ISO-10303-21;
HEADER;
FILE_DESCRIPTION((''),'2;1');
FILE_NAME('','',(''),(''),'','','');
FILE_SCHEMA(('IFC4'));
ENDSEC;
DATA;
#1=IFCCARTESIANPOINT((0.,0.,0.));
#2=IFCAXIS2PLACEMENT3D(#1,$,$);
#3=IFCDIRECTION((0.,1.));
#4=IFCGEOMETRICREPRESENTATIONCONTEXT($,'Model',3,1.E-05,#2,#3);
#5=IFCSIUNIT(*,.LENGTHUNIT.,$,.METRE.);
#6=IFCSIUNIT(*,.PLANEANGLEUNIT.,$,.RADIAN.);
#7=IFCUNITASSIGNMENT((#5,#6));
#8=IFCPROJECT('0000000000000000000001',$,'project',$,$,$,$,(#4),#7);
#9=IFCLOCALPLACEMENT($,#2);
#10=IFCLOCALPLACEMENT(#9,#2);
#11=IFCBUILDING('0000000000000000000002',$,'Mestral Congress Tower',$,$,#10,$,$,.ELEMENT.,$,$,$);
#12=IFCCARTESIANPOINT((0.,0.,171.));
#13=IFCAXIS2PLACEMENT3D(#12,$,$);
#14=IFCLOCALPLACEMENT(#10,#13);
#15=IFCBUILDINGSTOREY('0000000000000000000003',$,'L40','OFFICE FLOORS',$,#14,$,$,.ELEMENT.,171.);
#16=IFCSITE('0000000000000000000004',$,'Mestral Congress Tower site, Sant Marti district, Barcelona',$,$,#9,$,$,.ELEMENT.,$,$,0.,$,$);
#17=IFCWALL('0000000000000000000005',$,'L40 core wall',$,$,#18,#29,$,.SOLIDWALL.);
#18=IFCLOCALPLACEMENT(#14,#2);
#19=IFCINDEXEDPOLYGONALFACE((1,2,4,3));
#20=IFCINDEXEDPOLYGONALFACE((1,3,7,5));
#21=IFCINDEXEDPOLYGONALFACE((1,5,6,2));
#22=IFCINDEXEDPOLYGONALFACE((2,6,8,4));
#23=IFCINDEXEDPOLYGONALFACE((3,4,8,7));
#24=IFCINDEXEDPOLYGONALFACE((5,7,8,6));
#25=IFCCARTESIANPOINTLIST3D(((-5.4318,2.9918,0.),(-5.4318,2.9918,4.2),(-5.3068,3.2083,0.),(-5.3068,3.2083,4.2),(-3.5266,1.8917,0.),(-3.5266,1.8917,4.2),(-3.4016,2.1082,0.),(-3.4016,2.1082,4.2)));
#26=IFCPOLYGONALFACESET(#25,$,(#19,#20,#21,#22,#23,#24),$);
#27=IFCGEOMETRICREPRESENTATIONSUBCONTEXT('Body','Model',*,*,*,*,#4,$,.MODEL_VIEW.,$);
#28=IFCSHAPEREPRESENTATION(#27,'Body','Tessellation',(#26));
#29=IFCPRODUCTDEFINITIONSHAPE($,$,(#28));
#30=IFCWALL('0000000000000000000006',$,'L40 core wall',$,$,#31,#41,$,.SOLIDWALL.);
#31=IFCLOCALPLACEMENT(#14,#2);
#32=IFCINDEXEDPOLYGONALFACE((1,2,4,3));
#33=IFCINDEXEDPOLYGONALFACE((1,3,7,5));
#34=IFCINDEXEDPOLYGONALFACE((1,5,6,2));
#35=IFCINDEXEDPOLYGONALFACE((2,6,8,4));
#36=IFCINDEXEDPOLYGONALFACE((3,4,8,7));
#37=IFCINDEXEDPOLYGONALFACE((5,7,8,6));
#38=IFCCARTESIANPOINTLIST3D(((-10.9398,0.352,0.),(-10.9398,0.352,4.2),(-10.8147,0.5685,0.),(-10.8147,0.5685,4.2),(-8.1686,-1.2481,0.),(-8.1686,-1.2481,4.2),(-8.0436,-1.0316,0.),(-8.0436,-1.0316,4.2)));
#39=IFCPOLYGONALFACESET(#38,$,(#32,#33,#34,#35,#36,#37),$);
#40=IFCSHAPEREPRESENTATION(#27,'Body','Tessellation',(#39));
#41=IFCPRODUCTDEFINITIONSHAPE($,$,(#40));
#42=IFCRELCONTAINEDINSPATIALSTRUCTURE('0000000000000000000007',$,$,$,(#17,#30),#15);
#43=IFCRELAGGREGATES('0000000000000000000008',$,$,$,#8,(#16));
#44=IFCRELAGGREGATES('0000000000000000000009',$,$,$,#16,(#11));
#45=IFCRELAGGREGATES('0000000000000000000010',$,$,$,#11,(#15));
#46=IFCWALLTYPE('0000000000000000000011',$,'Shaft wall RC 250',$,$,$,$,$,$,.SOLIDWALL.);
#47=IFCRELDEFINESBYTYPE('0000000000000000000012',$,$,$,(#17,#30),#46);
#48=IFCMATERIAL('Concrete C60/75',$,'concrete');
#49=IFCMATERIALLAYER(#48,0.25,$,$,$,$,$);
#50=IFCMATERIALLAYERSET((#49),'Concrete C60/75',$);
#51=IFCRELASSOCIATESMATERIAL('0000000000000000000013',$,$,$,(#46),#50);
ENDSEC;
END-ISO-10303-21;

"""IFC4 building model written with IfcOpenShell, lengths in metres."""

from ifc_helpers import new_model, si_unit, direction, frame, frame_2d, origin, place, context, subcontext, project, spatial, rectangle, extrude, material, layer, layer_set, type_object, element, save


model = new_model("IFC4")

# Units and contexts
model_context = context("Model", 3, precision=1e-05, world=origin(), true_north=direction((0.0, 1.0)))
body_context = subcontext(model_context, "Body", "Model", "MODEL_VIEW")
ifc_project = project(units=[si_unit("LENGTHUNIT", "METRE"), si_unit("PLANEANGLEUNIT", "RADIAN")], contexts=[model_context])

# Site, building, storey
site_placement = place(None, origin())
site = spatial("IfcSite", under=ifc_project, at=site_placement, Name="Mestral Congress Tower site, Sant Marti district, Barcelona", CompositionType="ELEMENT", RefElevation=0.0)
building_placement = place(site_placement, origin())
building = spatial("IfcBuilding", under=site, at=building_placement, Name="Mestral Congress Tower", CompositionType="ELEMENT")
storey_placement = place(building_placement, frame((0.0, 0.0, 171.0)))
storey = spatial("IfcBuildingStorey", under=building, at=storey_placement, Name="L40", Description="OFFICE FLOORS", CompositionType="ELEMENT", Elevation=171.0)

# Shared definitions
ifc_material_1 = material(Name="Concrete C60/75", Category="concrete")

# Walls
ifc_layer_1 = layer(ifc_material_1, 0.25)
ifc_layer_set_1 = layer_set([ifc_layer_1], Name="Concrete C60/75")
wall_type_1 = type_object("IfcWallType", Name="Shaft wall RC 250", PredefinedType="SOLIDWALL", material=ifc_layer_set_1)
wall_1_placement = place(storey_placement, frame((-5.3694, 3.1001, 0.0), z_axis=(0.0, 0.0, 1.0), x_axis=(0.866008, -0.50003, 0.0)))
element("IfcWall", 1, at=wall_1_placement, inside=storey, type_object=wall_type_1, Name="L40 core wall", PredefinedType="SOLIDWALL", context=body_context, shape_type="SweptSolid", body=[
    extrude(rectangle(XDim=2.2, YDim=0.25, at=frame_2d((1.1001, 0.0))), origin(), (0.0, 0.0, 1.0), 4.2),
])
wall_2_placement = place(storey_placement, frame((-8.106, -1.1399, 0.0), z_axis=(0.0, 0.0, 1.0), x_axis=(-0.866009, 0.500028, 0.0)))
element("IfcWall", 2, at=wall_2_placement, inside=storey, type_object=wall_type_1, Name="L40 core wall", PredefinedType="SOLIDWALL", context=body_context, shape_type="SweptSolid", body=[
    extrude(rectangle(XDim=3.2, YDim=0.25, at=frame_2d((1.6001, 0.0))), origin(), (0.0, 0.0, 1.0), 4.2),
])

save(model, "model.ifc")
